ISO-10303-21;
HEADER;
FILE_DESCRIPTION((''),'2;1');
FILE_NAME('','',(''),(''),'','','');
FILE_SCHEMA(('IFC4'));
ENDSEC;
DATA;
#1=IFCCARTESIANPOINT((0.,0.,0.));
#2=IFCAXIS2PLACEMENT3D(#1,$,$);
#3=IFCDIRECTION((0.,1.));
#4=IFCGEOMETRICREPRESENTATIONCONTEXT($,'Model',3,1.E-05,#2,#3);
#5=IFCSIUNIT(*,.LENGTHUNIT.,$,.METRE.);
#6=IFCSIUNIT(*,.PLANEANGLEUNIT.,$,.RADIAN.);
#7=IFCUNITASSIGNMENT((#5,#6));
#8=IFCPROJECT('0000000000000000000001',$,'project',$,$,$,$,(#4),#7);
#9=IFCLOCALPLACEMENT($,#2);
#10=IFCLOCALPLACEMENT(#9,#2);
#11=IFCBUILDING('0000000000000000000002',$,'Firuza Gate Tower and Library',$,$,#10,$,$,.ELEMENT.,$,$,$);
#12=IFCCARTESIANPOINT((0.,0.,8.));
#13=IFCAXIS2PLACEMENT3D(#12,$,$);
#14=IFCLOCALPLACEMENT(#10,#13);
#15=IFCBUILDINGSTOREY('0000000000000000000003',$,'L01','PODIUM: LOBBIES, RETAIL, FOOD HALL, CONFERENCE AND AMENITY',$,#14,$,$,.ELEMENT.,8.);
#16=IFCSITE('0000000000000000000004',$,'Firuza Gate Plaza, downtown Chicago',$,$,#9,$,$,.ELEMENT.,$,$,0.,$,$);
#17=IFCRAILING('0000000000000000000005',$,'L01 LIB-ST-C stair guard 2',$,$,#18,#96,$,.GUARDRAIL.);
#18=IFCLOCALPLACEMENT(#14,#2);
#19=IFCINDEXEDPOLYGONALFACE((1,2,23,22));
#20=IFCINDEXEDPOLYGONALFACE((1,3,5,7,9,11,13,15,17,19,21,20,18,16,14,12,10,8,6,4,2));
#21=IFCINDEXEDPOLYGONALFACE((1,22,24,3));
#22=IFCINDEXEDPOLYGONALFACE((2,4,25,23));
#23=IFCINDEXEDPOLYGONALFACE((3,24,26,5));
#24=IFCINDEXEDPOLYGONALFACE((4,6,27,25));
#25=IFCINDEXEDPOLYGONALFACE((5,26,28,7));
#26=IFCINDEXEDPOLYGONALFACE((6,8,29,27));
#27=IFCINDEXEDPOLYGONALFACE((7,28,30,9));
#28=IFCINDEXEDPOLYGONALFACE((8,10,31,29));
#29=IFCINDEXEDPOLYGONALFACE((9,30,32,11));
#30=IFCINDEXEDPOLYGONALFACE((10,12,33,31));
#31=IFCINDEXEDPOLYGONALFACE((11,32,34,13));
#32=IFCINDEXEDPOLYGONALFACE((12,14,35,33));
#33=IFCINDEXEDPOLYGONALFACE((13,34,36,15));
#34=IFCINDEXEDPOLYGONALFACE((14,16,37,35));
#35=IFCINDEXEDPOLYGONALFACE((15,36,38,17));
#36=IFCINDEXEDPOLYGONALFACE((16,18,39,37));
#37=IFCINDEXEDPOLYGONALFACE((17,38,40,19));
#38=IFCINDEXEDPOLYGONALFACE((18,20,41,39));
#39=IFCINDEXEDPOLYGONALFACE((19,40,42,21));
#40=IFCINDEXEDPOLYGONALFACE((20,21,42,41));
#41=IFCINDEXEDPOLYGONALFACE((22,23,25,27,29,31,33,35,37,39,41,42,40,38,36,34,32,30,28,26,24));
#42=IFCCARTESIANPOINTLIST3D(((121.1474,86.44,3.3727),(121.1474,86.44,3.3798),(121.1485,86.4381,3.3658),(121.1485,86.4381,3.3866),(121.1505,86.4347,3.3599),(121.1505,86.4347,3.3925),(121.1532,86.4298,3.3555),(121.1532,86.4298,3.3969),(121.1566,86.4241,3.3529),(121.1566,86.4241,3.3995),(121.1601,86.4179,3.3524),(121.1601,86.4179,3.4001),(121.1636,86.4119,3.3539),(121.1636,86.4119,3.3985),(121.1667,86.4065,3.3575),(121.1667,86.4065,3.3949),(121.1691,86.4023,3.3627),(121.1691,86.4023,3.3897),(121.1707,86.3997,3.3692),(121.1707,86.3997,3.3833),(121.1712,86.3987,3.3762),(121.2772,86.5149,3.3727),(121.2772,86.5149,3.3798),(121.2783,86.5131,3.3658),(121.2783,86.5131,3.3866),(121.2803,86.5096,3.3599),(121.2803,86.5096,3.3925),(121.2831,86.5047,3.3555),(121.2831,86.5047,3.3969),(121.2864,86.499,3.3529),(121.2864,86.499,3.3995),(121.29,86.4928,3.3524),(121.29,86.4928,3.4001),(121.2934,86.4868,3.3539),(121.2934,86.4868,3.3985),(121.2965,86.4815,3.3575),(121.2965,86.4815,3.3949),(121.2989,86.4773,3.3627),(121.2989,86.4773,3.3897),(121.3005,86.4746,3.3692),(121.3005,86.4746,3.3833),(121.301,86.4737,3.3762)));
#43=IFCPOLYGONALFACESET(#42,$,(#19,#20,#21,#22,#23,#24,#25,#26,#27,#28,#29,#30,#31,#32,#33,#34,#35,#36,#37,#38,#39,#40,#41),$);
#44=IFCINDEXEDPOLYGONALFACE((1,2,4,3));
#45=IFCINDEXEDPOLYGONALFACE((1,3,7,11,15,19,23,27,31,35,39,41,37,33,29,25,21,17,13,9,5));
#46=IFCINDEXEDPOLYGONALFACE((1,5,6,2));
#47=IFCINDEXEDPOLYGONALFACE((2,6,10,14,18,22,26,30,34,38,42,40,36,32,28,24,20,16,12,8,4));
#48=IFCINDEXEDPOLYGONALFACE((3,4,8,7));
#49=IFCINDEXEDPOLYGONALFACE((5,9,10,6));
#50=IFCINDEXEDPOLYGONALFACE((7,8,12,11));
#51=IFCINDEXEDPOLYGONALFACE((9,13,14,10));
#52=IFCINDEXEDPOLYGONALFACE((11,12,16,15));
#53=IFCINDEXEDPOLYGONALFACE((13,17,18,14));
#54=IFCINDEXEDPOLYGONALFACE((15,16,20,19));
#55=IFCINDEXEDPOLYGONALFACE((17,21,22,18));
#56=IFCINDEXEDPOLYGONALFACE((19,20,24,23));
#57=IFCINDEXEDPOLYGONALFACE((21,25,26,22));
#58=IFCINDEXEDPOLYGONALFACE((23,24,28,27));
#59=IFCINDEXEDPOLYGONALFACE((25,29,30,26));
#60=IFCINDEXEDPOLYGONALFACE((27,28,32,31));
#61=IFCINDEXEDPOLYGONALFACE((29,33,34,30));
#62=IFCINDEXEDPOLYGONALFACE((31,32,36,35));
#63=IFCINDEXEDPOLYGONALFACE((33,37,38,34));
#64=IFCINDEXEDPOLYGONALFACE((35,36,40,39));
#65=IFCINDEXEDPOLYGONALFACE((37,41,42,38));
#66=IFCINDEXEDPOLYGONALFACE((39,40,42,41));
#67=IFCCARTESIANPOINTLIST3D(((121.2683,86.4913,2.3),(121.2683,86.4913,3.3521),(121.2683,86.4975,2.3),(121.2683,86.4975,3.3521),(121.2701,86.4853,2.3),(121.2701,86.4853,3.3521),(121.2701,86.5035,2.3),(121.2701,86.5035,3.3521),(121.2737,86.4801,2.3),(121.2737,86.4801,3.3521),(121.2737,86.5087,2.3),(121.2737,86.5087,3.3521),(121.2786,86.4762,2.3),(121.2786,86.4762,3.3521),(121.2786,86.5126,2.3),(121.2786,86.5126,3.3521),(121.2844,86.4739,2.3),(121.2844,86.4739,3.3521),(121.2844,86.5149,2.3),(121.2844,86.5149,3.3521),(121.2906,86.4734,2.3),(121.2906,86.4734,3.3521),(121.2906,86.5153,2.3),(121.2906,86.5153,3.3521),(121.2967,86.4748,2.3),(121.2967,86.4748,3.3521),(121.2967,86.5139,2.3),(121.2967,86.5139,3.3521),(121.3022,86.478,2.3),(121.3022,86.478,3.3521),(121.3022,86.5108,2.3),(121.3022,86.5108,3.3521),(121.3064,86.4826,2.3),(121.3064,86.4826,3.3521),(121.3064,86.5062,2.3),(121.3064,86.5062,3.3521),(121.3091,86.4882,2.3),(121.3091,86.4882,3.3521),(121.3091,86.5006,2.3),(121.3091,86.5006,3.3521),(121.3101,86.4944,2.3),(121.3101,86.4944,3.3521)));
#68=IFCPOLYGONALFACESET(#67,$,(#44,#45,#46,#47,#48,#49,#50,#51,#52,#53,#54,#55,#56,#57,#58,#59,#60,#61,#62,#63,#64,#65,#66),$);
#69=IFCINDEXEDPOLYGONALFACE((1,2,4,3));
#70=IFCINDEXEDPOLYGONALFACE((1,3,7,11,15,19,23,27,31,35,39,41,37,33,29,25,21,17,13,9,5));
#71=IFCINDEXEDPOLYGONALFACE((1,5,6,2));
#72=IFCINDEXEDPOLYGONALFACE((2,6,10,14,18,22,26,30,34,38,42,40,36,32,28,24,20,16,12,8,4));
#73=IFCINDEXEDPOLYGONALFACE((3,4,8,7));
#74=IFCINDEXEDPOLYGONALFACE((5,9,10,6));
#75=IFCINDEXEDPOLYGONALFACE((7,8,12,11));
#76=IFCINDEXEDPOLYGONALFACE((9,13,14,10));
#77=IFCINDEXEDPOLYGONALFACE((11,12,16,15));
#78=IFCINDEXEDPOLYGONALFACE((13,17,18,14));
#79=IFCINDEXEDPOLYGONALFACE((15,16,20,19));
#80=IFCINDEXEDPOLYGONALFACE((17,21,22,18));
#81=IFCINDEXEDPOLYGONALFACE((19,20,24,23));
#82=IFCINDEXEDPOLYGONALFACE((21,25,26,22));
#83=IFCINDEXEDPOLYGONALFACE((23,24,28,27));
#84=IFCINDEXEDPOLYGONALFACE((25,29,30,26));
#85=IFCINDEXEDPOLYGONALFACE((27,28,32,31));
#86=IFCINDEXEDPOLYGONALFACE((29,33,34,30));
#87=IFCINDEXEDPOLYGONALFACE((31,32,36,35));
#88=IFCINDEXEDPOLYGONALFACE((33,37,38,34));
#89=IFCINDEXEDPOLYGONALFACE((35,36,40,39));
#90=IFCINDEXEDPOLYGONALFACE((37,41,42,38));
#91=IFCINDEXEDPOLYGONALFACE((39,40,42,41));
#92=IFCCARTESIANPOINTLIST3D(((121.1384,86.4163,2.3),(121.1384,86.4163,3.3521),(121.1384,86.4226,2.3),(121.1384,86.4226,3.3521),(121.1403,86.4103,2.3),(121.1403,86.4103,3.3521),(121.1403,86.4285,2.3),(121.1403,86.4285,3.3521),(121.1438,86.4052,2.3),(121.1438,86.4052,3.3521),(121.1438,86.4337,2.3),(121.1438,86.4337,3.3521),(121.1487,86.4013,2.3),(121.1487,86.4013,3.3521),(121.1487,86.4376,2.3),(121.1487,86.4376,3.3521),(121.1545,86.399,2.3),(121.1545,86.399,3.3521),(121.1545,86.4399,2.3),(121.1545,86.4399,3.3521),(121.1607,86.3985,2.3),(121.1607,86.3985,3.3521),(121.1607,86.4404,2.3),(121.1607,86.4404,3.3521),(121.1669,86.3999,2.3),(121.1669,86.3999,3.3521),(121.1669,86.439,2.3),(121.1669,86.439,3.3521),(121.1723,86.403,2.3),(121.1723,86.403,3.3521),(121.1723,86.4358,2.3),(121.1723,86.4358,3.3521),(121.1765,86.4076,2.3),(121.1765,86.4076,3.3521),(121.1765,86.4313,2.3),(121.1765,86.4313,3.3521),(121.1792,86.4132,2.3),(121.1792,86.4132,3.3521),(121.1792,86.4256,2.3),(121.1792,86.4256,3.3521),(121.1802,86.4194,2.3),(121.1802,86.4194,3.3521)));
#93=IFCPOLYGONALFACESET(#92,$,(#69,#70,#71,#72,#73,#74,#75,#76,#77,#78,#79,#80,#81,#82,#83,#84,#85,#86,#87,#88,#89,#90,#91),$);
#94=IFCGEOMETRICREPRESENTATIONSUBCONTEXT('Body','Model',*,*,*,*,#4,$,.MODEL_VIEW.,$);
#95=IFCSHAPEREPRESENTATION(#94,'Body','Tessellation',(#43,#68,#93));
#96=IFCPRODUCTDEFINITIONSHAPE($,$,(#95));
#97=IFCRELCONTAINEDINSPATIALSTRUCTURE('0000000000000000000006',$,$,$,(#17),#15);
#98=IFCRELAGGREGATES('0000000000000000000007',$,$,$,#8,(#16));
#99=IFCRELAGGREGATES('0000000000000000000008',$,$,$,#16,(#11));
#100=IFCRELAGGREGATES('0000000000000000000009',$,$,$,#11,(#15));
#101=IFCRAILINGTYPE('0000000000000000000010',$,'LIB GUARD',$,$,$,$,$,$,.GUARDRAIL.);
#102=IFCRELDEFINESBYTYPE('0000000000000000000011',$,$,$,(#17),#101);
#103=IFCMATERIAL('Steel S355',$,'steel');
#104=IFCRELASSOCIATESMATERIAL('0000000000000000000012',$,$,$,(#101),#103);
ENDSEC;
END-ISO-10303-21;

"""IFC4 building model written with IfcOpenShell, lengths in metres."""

from ifc_helpers import new_model, si_unit, direction, frame, origin, origin_2d, place, context, subcontext, project, spatial, circle, extrude, material, type_object, element, save


model = new_model("IFC4")

# Units and contexts
model_context = context("Model", 3, precision=1e-05, world=origin(), true_north=direction((0.0, 1.0)))
body_context = subcontext(model_context, "Body", "Model", "MODEL_VIEW")
ifc_project = project(units=[si_unit("LENGTHUNIT", "METRE"), si_unit("PLANEANGLEUNIT", "RADIAN")], contexts=[model_context])

# Site, building, storey
site_placement = place(None, origin())
site = spatial("IfcSite", under=ifc_project, at=site_placement, Name="Firuza Gate Plaza, downtown Chicago", CompositionType="ELEMENT", RefElevation=0.0)
building_placement = place(site_placement, origin())
building = spatial("IfcBuilding", under=site, at=building_placement, Name="Firuza Gate Tower and Library", CompositionType="ELEMENT")
storey_placement = place(building_placement, frame((0.0, 0.0, 8.0)))
storey = spatial("IfcBuildingStorey", under=building, at=storey_placement, Name="L01", Description="PODIUM: LOBBIES, RETAIL, FOOD HALL, CONFERENCE AND AMENITY", CompositionType="ELEMENT", Elevation=8.0)

# Railing
ifc_material_1 = material(Name="Steel S355", Category="steel")
railing_type = type_object("IfcRailingType", Name="LIB GUARD", PredefinedType="GUARDRAIL", material=ifc_material_1)
railing_1_placement = place(storey_placement, frame((121.2891, 86.4944, 2.3)))
element("IfcRailing", 1, at=railing_1_placement, inside=storey, type_object=railing_type, Name="L01 LIB-ST-C stair guard 2", PredefinedType="GUARDRAIL", context=body_context, shape_type="SweptSolid", body=[
    extrude(circle(Radius=0.0239, at=origin_2d()), frame((0.0, 0.0, 1.0762), z_axis=(-0.866131, -0.499816, 0.0), x_axis=(0.499816, -0.866131, 0.0)), (0.0, 0.0, 1.0), 0.1499),
    extrude(circle(Radius=0.021, at=origin_2d()), origin(), (0.0, 0.0, 1.0), 1.052),
    extrude(circle(Radius=0.021, at=origin_2d()), frame((-0.1299, -0.075, 0.0)), (0.0, 0.0, 1.0), 1.052),
])

save(model, "model.ifc")
